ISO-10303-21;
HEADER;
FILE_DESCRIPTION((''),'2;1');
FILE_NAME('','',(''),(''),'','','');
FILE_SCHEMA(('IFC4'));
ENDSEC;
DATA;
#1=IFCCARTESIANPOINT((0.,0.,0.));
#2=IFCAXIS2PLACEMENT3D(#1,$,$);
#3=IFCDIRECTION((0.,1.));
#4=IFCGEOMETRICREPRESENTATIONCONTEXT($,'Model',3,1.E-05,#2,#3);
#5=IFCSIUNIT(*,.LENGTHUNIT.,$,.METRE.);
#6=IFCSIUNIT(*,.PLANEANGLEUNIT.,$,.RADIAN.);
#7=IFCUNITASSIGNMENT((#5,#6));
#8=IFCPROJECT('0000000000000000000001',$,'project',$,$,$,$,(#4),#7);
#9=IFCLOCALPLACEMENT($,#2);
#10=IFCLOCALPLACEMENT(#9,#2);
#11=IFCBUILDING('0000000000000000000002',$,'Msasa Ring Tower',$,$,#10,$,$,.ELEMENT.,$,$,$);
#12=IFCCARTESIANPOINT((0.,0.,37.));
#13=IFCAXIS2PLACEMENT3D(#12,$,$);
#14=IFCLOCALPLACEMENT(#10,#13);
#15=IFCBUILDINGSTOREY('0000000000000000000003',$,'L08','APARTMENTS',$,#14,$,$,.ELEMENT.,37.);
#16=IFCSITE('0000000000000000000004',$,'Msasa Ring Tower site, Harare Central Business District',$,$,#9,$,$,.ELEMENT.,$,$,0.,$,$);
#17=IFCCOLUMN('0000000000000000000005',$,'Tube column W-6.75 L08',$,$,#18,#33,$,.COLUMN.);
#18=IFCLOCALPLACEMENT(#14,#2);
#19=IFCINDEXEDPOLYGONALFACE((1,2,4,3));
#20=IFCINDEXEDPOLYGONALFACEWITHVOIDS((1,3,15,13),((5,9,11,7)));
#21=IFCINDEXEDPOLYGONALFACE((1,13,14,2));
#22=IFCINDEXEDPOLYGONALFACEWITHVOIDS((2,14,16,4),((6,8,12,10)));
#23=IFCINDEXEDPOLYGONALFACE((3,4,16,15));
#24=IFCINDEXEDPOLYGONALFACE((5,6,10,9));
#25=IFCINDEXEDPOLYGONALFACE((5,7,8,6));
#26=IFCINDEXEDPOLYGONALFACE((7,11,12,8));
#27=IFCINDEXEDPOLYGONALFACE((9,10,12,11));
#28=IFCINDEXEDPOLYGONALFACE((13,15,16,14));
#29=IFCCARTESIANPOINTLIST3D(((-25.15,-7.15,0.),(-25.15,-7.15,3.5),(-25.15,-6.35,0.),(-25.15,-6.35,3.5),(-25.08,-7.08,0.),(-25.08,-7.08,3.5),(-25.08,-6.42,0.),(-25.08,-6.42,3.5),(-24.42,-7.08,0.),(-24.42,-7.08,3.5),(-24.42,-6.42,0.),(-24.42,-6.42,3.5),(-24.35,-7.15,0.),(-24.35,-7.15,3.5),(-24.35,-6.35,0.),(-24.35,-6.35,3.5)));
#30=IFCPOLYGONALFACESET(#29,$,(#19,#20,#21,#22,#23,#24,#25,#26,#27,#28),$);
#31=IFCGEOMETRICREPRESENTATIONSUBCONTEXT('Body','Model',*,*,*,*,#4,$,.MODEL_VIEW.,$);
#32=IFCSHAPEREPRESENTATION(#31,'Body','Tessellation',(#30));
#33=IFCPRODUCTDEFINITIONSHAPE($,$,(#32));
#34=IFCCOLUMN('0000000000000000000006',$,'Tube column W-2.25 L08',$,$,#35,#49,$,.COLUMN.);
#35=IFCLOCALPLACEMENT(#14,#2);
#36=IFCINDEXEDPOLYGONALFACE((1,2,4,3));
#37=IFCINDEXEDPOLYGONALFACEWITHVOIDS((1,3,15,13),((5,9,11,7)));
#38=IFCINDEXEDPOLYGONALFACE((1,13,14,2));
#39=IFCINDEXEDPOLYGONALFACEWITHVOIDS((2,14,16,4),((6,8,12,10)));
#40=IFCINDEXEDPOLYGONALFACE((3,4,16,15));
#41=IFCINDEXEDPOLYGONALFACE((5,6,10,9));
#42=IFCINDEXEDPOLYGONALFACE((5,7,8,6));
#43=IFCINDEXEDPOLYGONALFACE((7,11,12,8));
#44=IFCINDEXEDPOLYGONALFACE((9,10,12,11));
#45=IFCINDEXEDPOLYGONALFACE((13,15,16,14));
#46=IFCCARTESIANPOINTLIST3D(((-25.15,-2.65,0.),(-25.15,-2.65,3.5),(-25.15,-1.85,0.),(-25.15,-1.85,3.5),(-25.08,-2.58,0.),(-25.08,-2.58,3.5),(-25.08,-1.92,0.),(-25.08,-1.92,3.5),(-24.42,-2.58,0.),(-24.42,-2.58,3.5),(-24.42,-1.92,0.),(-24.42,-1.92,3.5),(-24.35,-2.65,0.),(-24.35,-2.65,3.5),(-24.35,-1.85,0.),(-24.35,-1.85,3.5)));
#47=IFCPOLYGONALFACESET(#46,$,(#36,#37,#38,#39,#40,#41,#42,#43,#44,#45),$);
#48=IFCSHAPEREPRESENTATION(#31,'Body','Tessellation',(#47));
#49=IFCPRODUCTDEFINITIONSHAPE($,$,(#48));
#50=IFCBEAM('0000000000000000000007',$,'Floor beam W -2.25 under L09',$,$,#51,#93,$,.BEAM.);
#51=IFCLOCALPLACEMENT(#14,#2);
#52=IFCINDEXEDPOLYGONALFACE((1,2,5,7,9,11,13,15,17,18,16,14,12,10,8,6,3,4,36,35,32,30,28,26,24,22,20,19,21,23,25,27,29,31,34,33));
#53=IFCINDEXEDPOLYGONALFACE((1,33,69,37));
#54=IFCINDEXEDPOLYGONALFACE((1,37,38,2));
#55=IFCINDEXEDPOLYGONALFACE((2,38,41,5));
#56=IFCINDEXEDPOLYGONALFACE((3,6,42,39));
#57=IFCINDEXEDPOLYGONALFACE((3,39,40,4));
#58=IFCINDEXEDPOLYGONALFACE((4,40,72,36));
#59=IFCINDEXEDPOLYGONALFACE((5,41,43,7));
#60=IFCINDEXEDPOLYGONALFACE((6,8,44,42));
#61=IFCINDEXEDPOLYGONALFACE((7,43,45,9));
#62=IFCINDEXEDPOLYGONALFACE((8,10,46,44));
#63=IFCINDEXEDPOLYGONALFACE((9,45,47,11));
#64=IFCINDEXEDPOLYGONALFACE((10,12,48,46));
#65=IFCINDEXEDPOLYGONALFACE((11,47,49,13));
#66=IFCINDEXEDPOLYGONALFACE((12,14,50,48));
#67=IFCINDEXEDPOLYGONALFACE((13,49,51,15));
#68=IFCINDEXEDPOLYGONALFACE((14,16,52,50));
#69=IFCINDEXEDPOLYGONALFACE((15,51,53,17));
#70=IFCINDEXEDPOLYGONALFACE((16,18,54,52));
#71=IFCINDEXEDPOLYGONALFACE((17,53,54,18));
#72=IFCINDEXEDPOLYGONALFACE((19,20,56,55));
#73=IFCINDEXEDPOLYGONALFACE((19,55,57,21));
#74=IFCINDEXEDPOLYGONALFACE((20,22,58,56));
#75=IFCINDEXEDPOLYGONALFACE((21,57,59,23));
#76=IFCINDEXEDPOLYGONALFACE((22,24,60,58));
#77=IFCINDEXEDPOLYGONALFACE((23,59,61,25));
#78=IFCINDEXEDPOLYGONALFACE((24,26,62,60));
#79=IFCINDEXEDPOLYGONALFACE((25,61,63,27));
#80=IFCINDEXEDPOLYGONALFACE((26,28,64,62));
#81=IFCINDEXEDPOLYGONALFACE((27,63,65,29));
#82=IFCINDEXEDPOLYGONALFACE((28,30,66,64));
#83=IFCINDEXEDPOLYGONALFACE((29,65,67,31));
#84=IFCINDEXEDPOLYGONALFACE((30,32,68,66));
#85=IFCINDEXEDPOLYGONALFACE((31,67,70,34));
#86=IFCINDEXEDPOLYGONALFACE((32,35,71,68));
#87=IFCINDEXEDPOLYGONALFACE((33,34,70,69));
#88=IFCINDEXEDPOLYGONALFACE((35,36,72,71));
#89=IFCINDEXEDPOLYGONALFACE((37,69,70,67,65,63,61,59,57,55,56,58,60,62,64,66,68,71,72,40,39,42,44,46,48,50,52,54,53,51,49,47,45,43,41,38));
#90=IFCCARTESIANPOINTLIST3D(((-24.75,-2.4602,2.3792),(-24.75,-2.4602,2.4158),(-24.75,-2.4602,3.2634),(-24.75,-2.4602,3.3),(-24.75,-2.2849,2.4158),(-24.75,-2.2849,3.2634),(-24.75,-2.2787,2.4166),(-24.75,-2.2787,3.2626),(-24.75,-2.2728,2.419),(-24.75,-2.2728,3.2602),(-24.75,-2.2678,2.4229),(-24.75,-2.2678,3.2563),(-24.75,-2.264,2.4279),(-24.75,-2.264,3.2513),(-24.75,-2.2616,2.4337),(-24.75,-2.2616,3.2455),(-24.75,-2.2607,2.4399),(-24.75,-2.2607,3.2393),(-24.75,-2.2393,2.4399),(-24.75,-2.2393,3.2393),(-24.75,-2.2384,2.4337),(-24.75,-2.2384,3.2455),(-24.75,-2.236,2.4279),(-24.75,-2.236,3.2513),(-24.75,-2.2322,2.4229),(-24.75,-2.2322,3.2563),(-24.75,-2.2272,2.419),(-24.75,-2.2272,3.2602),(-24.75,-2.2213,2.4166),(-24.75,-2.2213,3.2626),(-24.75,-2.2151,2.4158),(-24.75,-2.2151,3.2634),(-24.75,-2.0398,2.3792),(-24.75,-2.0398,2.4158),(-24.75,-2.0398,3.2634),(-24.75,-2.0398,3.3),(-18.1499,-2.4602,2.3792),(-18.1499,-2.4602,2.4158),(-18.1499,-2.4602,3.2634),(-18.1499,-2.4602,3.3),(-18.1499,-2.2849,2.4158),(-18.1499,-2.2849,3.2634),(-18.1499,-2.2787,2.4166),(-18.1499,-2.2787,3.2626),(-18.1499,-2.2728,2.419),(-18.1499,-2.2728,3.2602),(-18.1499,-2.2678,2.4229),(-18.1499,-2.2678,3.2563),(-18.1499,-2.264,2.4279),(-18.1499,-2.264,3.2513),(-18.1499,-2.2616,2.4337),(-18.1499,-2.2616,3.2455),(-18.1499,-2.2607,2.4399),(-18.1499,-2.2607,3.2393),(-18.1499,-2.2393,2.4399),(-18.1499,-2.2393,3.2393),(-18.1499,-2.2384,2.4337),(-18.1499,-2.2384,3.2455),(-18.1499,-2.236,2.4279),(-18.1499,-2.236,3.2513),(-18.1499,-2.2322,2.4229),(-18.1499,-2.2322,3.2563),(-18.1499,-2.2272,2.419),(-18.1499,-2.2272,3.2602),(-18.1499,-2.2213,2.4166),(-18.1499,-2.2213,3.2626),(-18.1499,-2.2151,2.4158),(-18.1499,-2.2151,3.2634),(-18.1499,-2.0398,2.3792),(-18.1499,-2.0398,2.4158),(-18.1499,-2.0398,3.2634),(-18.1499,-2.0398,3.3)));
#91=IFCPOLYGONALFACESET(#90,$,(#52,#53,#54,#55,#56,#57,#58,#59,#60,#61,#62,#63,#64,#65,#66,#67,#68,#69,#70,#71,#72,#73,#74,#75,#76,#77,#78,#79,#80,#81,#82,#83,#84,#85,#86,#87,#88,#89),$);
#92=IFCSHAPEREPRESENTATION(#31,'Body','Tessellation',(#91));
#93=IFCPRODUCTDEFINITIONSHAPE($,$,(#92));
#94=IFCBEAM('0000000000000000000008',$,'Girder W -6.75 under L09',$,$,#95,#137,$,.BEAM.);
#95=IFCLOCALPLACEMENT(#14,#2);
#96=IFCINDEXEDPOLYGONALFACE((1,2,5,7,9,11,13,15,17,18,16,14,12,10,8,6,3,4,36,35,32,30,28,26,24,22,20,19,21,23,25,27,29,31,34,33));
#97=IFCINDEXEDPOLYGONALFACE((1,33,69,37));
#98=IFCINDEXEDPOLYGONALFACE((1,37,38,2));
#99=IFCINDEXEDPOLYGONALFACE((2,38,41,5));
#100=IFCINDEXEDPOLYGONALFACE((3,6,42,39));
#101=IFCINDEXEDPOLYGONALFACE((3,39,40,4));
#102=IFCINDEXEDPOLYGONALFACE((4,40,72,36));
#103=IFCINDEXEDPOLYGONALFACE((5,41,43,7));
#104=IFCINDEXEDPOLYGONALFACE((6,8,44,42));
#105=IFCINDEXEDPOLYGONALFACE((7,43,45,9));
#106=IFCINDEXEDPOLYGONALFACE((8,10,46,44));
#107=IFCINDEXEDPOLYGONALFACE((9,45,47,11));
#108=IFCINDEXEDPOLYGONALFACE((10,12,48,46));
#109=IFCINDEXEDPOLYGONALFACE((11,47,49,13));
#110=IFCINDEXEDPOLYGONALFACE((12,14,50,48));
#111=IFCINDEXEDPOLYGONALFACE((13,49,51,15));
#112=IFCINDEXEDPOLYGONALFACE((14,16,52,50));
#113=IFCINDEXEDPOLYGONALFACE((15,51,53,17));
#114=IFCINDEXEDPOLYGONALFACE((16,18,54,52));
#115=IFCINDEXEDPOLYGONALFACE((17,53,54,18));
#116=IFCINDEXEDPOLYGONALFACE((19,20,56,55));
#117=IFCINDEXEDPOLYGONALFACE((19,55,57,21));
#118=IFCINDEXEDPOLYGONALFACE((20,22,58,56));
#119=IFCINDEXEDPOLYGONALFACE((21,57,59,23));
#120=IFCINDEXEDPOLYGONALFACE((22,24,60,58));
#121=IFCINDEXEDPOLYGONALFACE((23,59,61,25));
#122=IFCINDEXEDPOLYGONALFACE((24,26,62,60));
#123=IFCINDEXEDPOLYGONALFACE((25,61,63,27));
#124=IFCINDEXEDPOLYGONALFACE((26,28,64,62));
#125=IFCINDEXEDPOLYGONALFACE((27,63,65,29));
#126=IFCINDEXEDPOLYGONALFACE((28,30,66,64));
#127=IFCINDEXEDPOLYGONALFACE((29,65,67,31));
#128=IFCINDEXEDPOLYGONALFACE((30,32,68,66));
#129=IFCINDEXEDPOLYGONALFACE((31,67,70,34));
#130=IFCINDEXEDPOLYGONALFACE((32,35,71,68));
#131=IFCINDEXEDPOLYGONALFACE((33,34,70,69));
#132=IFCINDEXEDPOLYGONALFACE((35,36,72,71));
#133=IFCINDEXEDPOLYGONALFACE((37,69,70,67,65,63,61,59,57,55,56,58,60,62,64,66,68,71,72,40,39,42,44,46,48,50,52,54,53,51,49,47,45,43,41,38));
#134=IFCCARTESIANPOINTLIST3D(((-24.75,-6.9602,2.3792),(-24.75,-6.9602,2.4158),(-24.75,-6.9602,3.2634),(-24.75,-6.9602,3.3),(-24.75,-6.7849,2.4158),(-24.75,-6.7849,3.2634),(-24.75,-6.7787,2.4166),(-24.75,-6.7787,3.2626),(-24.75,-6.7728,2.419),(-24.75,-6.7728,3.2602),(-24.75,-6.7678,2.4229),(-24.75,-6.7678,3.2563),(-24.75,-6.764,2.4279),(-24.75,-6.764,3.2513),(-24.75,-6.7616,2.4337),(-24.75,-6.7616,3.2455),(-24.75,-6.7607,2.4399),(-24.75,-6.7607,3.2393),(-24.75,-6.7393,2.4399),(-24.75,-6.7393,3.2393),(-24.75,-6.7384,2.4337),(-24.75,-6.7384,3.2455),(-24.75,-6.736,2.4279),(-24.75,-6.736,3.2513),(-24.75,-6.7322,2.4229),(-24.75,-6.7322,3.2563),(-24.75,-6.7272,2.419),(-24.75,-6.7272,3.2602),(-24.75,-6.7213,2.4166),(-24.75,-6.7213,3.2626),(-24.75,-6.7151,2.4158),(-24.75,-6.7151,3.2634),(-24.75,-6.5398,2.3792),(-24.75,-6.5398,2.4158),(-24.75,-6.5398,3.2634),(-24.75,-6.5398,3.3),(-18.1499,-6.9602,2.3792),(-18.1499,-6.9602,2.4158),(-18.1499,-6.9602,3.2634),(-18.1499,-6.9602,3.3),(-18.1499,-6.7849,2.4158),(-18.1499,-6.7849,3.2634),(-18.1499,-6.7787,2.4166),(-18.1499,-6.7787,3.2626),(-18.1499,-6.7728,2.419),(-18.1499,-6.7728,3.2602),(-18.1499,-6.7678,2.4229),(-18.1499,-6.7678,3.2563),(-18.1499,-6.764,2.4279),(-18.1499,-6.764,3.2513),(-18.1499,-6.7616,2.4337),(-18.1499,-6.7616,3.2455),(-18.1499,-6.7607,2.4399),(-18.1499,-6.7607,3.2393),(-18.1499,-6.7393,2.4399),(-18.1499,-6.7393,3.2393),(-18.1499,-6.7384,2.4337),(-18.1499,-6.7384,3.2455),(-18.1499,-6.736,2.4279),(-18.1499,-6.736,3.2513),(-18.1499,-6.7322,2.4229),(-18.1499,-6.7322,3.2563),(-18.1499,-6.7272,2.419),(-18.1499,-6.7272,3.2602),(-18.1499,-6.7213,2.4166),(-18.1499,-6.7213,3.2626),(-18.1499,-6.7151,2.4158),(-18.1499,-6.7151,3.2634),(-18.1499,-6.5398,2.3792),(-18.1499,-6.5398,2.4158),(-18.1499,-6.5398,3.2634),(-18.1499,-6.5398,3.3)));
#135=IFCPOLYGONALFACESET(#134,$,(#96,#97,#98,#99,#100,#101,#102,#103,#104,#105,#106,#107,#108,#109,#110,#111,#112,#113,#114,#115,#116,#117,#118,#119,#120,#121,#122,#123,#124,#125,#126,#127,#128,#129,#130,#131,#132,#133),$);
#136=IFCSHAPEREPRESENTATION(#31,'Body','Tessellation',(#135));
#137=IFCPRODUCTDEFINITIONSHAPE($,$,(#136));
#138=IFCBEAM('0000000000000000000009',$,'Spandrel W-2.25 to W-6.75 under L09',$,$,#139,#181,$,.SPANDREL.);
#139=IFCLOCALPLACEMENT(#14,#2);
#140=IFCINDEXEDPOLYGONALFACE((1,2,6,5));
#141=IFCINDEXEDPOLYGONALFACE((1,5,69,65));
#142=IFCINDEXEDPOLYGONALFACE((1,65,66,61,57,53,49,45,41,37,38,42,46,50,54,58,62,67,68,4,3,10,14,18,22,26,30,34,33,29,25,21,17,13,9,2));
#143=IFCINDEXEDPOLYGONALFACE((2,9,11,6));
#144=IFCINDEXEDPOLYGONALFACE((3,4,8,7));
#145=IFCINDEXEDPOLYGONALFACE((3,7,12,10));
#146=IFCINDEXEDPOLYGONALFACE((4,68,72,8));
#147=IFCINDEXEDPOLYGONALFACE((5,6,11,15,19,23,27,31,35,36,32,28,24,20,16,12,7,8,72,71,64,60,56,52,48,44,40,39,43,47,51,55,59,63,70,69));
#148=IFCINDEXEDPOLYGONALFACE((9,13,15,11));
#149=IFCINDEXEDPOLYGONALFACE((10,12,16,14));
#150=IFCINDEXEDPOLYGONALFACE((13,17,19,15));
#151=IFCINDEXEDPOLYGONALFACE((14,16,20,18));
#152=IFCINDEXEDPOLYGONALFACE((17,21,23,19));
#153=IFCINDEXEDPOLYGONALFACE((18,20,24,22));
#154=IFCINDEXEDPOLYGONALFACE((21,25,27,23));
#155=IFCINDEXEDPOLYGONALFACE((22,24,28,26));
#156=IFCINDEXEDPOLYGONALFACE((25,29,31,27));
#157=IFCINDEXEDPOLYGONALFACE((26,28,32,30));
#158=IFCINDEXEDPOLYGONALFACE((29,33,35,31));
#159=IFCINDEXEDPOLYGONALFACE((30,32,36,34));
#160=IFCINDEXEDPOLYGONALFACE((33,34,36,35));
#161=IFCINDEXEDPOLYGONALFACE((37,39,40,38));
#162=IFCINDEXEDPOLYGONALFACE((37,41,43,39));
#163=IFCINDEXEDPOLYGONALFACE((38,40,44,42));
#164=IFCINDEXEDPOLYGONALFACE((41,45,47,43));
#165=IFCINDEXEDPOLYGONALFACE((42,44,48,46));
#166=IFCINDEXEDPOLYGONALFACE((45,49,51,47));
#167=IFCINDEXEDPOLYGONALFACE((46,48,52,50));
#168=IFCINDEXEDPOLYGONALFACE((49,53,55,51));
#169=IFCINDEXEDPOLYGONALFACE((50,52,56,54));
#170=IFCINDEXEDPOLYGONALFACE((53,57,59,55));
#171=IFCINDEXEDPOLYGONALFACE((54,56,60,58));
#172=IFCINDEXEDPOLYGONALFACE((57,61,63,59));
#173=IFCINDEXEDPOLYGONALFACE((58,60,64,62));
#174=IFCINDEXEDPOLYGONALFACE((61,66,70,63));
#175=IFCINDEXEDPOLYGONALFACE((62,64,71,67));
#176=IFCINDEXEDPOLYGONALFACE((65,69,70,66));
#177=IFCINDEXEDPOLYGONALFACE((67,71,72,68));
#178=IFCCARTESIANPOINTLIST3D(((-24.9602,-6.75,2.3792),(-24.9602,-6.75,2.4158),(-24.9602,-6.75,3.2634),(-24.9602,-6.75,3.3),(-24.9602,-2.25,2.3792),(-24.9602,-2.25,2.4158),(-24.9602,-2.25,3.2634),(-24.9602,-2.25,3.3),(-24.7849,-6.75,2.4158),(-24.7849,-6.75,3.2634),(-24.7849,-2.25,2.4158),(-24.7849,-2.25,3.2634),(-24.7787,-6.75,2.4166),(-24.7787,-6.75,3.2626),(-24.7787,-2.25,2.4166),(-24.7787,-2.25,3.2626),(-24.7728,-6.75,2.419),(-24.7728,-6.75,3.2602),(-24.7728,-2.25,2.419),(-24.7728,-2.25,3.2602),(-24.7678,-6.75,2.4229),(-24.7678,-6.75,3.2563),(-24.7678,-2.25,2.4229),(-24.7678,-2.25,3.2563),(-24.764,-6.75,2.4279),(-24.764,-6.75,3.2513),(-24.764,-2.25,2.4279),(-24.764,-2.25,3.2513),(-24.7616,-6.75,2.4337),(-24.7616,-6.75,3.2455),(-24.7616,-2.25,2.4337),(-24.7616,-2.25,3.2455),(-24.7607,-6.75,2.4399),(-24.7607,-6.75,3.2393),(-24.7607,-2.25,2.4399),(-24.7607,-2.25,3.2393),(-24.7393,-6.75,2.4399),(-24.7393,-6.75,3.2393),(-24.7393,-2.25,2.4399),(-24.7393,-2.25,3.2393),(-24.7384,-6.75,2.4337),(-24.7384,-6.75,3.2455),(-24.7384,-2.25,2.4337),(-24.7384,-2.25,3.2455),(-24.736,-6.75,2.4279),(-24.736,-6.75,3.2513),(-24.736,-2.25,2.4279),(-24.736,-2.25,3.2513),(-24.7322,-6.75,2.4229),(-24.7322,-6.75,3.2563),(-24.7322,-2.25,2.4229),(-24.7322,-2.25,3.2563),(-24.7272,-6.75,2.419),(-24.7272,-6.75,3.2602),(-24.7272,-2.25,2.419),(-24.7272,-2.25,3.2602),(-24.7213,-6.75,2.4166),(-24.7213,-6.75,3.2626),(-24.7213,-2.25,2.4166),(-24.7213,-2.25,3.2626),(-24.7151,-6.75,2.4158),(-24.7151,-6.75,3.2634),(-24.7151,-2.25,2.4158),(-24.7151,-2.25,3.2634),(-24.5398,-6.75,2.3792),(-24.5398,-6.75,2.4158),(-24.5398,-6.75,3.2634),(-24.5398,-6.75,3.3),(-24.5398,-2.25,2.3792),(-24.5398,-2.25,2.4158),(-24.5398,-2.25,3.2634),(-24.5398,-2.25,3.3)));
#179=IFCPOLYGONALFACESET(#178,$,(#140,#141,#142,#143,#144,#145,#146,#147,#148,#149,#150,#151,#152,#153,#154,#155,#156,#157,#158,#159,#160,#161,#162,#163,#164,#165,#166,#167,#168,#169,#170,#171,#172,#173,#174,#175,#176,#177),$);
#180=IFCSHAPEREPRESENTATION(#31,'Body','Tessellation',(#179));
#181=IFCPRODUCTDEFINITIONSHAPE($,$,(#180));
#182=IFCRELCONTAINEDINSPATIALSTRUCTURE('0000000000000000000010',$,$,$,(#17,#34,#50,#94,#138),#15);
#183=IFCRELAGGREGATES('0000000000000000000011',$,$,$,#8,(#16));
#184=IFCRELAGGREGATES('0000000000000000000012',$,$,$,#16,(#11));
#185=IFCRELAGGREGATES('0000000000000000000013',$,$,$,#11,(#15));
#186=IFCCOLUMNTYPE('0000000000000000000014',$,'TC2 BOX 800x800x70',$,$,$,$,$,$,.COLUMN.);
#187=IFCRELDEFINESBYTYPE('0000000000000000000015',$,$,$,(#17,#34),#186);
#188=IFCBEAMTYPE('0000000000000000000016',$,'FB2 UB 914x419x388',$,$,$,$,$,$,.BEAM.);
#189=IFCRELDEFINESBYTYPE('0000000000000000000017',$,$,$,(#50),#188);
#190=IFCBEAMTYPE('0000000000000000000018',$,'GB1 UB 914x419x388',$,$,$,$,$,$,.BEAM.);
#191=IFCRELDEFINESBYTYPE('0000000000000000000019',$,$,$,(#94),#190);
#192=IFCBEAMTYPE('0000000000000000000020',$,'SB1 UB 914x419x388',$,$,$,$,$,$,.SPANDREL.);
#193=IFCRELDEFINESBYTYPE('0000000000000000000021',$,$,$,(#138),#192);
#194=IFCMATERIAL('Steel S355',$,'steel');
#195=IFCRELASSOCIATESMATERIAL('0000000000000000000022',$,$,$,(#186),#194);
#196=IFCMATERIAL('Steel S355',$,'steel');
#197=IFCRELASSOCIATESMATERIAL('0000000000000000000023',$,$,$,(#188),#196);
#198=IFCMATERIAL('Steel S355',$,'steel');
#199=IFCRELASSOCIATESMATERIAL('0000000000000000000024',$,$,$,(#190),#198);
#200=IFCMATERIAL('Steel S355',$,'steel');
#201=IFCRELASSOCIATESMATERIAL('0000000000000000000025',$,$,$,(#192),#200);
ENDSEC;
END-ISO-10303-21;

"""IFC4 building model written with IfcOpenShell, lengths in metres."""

from ifc_helpers import new_model, si_unit, direction, frame, origin, origin_2d, place, context, subcontext, project, spatial, hollow_rectangle, i_section, extrude, material, material_profile, profile_set, type_object, element, save


model = new_model("IFC4")

# Units and contexts
model_context = context("Model", 3, precision=1e-05, world=origin(), true_north=direction((0.0, 1.0)))
body_context = subcontext(model_context, "Body", "Model", "MODEL_VIEW")
ifc_project = project(units=[si_unit("LENGTHUNIT", "METRE"), si_unit("PLANEANGLEUNIT", "RADIAN")], contexts=[model_context])

# Site, building, storey
site_placement = place(None, origin())
site = spatial("IfcSite", under=ifc_project, at=site_placement, Name="Msasa Ring Tower site, Harare Central Business District", CompositionType="ELEMENT", RefElevation=0.0)
building_placement = place(site_placement, origin())
building = spatial("IfcBuilding", under=site, at=building_placement, Name="Msasa Ring Tower", CompositionType="ELEMENT")
storey_placement = place(building_placement, frame((0.0, 0.0, 37.0)))
storey = spatial("IfcBuildingStorey", under=building, at=storey_placement, Name="L08", Description="APARTMENTS", CompositionType="ELEMENT", Elevation=37.0)

# Columns
ifc_material_1 = material(Name="Steel S355", Category="steel")
ifc_material_profile_1 = material_profile(ifc_material_1, hollow_rectangle(XDim=0.8, YDim=0.8, WallThickness=0.0701, at=origin_2d()), Name="BOX 800x800x70")
ifc_profile_set_1 = profile_set([ifc_material_profile_1], Name="Steel S355")
column_type = type_object("IfcColumnType", Name="TC2 BOX 800x800x70", PredefinedType="COLUMN", material=ifc_profile_set_1)
for number, where, z_axis, x_axis, name in (
    (1, (-24.75, -6.75, 0.0), (0.0, 0.0, 1.0), (1.0, 0.0, 0.0), "Tube column W-6.75 L08"),
    (2, (-24.75, -2.25, 0.0), (0.0, 0.0, 1.0), (1.0, 0.0, 0.0), "Tube column W-2.25 L08"),
):
    element("IfcColumn", number, at=place(storey_placement, frame(where, z_axis=z_axis, x_axis=x_axis)), inside=storey, type_object=column_type, Name=name, PredefinedType="COLUMN", context=body_context, shape_type="SweptSolid", body=[
        extrude(hollow_rectangle(XDim=0.8, YDim=0.8, WallThickness=0.0701, at=origin_2d()), origin(), (0.0, 0.0, 1.0), 3.5),
    ])

# Beams
ifc_material_2 = material(Name="Steel S355", Category="steel")
ifc_material_profile_2 = material_profile(ifc_material_2, i_section(OverallWidth=0.4204, OverallDepth=0.9209, WebThickness=0.0215, FlangeThickness=0.0366, FilletRadius=0.0242, at=origin_2d()), Name="UB 914x419x388")
ifc_profile_set_2 = profile_set([ifc_material_profile_2], Name="Steel S355")
beam_type_1 = type_object("IfcBeamType", Name="FB2 UB 914x419x388", PredefinedType="BEAM", material=ifc_profile_set_2)
beam_1_placement = place(storey_placement, frame((-24.75, -2.25, 2.8396), z_axis=(1.0, 0.0, 0.0), x_axis=(0.0, 1.0, 0.0)))
element("IfcBeam", 3, at=beam_1_placement, inside=storey, type_object=beam_type_1, Name="Floor beam W -2.25 under L09", PredefinedType="BEAM", context=body_context, shape_type="SweptSolid", body=[
    extrude(i_section(OverallWidth=0.4204, OverallDepth=0.9209, WebThickness=0.0215, FlangeThickness=0.0366, FilletRadius=0.0242, at=origin_2d()), origin(), (0.0, 0.0, 1.0), 6.6001),
])
ifc_material_3 = material(Name="Steel S355", Category="steel")
ifc_material_profile_3 = material_profile(ifc_material_3, i_section(OverallWidth=0.4204, OverallDepth=0.9209, WebThickness=0.0215, FlangeThickness=0.0366, FilletRadius=0.0242, at=origin_2d()), Name="UB 914x419x388")
ifc_profile_set_3 = profile_set([ifc_material_profile_3], Name="Steel S355")
beam_type_2 = type_object("IfcBeamType", Name="GB1 UB 914x419x388", PredefinedType="BEAM", material=ifc_profile_set_3)
beam_2_placement = place(storey_placement, frame((-18.1499, -6.75, 2.8396), z_axis=(-1.0, 0.0, 0.0), x_axis=(0.0, -1.0, 0.0)))
element("IfcBeam", 4, at=beam_2_placement, inside=storey, type_object=beam_type_2, Name="Girder W -6.75 under L09", PredefinedType="BEAM", context=body_context, shape_type="SweptSolid", body=[
    extrude(i_section(OverallWidth=0.4204, OverallDepth=0.9209, WebThickness=0.0215, FlangeThickness=0.0366, FilletRadius=0.0242, at=origin_2d()), origin(), (0.0, 0.0, 1.0), 6.6001),
])
ifc_material_4 = material(Name="Steel S355", Category="steel")
ifc_material_profile_4 = material_profile(ifc_material_4, i_section(OverallWidth=0.4204, OverallDepth=0.9209, WebThickness=0.0215, FlangeThickness=0.0366, FilletRadius=0.0242, at=origin_2d()), Name="UB 914x419x388")
ifc_profile_set_4 = profile_set([ifc_material_profile_4], Name="Steel S355")
beam_type_3 = type_object("IfcBeamType", Name="SB1 UB 914x419x388", PredefinedType="SPANDREL", material=ifc_profile_set_4)
for number, where, z_axis, x_axis, name in (
    (5, (-24.75, -2.25, 2.8396), (0.0, -1.0, 0.0), (1.0, 0.0, 0.0), "Spandrel W-2.25 to W-6.75 under L09"),
):
    element("IfcBeam", number, at=place(storey_placement, frame(where, z_axis=z_axis, x_axis=x_axis)), inside=storey, type_object=beam_type_3, Name=name, PredefinedType="SPANDREL", context=body_context, shape_type="SweptSolid", body=[
        extrude(i_section(OverallWidth=0.4204, OverallDepth=0.9209, WebThickness=0.0215, FlangeThickness=0.0366, FilletRadius=0.0242, at=origin_2d()), origin(), (0.0, 0.0, 1.0), 4.5),
    ])

save(model, "model.ifc")
